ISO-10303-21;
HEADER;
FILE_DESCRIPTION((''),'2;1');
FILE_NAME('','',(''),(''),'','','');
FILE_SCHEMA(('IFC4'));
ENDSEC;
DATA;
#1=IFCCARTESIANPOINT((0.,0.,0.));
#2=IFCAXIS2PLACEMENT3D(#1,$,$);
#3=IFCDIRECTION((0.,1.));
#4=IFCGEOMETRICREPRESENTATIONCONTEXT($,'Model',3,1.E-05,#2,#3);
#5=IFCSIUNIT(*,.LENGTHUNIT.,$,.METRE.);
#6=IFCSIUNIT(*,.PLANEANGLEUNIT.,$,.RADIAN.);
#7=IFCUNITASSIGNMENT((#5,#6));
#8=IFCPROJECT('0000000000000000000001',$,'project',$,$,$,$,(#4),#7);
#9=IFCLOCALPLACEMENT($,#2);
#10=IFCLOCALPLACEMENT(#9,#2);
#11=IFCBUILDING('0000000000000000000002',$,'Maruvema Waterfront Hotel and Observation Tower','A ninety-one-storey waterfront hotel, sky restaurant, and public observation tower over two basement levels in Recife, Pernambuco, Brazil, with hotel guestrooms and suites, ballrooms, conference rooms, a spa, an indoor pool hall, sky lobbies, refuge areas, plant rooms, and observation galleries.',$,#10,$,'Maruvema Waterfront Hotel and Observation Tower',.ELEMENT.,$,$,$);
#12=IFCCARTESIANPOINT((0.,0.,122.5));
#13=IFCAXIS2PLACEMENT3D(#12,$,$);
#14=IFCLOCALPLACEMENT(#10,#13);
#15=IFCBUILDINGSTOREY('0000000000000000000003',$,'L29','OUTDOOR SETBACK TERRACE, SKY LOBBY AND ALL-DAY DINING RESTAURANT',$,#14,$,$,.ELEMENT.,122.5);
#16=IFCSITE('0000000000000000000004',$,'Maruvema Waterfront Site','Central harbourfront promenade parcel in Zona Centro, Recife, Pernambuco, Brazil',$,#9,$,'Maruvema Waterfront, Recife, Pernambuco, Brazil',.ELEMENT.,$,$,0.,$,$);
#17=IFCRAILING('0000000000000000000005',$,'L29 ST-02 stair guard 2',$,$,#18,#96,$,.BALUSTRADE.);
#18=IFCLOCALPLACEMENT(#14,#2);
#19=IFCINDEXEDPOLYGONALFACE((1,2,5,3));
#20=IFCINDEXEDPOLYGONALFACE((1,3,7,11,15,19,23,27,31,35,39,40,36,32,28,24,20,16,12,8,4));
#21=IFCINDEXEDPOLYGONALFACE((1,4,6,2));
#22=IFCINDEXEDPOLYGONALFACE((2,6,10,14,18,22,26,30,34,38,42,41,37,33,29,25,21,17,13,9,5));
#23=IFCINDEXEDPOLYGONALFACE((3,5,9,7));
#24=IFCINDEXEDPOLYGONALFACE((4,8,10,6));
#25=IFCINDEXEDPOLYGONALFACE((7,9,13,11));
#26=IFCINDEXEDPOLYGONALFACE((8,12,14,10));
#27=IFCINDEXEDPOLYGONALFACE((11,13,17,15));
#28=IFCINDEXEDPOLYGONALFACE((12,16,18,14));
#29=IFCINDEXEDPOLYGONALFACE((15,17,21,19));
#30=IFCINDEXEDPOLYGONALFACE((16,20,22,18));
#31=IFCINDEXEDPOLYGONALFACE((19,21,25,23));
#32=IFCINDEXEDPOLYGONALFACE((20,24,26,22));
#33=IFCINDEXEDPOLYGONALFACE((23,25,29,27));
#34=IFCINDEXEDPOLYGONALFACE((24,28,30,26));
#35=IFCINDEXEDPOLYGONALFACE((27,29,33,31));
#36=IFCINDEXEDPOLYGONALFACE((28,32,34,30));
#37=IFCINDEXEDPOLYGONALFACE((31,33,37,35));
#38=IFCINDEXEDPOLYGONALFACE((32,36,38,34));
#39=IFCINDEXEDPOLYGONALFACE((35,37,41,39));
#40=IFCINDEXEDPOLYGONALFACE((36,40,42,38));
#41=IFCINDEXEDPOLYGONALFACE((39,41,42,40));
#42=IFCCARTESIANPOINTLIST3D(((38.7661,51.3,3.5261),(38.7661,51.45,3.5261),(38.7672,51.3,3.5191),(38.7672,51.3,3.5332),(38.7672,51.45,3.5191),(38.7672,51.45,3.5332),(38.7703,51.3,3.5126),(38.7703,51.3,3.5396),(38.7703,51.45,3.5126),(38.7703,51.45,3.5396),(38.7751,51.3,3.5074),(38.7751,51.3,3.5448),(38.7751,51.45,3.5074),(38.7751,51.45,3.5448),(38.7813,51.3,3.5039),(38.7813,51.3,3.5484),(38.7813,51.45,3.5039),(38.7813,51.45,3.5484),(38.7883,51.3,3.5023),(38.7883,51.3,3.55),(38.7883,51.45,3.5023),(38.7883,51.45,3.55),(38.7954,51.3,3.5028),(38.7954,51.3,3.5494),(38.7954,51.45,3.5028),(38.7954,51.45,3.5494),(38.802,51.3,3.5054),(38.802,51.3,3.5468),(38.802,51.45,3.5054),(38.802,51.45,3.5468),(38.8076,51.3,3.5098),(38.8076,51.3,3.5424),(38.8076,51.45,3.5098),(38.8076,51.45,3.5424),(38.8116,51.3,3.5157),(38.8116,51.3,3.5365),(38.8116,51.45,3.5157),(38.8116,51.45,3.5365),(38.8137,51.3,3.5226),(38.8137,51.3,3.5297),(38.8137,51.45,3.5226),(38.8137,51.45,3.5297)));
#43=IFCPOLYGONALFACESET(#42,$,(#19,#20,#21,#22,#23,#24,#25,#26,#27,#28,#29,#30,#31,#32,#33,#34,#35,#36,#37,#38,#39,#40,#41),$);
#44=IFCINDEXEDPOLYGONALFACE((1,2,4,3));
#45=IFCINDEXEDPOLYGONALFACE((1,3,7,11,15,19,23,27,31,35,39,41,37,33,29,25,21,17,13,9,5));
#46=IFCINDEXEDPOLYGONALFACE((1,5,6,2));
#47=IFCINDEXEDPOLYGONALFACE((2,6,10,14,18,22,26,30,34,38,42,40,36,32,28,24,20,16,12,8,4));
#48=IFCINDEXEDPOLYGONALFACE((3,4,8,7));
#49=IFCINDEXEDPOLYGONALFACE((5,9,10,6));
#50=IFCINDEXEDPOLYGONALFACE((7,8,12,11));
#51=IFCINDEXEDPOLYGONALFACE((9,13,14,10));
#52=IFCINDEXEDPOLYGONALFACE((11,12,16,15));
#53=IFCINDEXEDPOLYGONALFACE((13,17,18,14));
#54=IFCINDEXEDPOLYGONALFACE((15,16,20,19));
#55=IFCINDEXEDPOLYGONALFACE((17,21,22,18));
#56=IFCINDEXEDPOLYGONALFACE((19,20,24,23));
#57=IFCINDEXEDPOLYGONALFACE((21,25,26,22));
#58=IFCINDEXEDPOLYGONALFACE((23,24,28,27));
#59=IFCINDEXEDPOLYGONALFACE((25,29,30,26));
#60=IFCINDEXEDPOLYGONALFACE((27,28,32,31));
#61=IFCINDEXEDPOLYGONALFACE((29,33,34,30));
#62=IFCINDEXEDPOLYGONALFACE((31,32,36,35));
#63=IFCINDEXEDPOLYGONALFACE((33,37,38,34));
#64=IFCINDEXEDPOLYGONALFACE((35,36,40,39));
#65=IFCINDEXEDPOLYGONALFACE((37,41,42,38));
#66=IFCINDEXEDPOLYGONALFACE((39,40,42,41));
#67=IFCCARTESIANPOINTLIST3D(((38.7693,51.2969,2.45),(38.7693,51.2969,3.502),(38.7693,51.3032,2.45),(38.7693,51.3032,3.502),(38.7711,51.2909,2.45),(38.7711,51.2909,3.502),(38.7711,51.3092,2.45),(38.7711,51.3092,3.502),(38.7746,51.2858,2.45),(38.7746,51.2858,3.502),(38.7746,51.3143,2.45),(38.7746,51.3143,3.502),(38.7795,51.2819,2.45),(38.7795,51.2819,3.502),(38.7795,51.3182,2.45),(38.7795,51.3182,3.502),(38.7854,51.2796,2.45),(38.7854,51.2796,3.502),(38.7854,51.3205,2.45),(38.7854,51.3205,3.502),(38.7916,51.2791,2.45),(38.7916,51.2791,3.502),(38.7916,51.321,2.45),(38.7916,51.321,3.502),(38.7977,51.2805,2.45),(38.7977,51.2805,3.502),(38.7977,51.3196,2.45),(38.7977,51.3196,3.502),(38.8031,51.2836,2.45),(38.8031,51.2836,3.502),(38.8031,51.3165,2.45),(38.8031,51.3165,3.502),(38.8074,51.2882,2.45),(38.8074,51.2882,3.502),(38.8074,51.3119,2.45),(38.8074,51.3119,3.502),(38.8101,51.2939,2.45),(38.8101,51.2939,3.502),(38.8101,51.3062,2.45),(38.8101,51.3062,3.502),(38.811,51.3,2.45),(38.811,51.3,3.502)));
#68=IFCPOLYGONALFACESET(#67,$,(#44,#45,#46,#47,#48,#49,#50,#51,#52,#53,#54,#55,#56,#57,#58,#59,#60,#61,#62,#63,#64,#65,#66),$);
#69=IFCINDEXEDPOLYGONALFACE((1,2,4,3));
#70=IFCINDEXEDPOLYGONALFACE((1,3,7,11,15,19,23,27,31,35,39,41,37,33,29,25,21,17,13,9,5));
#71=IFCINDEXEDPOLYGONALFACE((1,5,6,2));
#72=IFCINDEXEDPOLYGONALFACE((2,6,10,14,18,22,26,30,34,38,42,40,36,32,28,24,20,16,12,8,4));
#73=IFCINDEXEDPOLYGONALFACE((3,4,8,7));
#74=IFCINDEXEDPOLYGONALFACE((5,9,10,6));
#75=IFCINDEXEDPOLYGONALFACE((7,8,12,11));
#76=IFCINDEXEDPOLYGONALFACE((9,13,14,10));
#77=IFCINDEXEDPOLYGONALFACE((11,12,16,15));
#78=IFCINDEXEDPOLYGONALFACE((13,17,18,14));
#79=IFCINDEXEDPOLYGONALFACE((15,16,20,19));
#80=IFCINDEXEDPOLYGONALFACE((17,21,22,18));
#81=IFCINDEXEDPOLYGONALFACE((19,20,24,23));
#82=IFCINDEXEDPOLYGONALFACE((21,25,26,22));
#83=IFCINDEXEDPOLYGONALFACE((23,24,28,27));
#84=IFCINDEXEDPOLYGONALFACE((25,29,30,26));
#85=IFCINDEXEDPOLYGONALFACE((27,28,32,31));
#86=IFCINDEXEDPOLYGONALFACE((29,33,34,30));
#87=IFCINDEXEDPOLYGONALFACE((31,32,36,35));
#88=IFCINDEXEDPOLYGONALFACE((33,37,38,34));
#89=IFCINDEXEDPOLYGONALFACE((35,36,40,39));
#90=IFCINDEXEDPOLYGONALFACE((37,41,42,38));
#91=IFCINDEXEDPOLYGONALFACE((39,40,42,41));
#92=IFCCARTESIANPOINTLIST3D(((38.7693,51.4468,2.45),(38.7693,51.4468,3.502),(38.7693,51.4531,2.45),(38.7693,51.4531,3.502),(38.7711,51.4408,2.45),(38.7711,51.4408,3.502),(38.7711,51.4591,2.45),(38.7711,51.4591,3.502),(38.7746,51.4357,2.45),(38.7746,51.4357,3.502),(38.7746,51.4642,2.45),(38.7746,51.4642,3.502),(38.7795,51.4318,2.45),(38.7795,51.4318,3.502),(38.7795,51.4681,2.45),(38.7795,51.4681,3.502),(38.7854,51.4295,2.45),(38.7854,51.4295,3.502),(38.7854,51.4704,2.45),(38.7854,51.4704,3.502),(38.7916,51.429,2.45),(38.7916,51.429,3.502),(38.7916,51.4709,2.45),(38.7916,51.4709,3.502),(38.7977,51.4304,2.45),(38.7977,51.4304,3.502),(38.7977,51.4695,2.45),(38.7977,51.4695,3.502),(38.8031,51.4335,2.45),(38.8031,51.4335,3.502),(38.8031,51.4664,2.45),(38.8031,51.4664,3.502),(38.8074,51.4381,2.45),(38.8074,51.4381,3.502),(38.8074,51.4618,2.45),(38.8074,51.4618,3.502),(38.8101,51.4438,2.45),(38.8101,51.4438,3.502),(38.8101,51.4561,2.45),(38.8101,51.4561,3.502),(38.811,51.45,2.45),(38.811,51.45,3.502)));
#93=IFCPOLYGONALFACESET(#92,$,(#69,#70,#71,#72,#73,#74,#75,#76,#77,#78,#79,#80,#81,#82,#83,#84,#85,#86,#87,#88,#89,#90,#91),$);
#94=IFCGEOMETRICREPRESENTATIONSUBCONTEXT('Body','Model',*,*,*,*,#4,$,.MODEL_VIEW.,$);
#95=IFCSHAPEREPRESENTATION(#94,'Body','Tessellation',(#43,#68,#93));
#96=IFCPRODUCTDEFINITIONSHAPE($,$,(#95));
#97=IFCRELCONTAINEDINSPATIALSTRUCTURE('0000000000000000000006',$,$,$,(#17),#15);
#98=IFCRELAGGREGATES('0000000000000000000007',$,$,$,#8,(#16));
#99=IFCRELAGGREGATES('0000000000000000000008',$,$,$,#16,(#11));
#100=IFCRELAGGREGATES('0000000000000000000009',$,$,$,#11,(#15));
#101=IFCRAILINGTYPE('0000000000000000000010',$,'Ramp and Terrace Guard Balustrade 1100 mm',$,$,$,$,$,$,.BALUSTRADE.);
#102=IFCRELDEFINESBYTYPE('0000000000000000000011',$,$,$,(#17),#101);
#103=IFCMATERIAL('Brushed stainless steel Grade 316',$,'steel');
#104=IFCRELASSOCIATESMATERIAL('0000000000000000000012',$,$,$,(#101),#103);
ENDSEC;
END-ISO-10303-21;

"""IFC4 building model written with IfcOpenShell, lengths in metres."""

from ifc_helpers import new_model, si_unit, direction, frame, origin, origin_2d, place, context, subcontext, project, spatial, circle, extrude, material, type_object, element, save


model = new_model("IFC4")

# Units and contexts
model_context = context("Model", 3, precision=1e-05, world=origin(), true_north=direction((0.0, 1.0)))
body_context = subcontext(model_context, "Body", "Model", "MODEL_VIEW")
ifc_project = project(units=[si_unit("LENGTHUNIT", "METRE"), si_unit("PLANEANGLEUNIT", "RADIAN")], contexts=[model_context])

# Site, building, storey
site_placement = place(None, origin())
site = spatial("IfcSite", under=ifc_project, at=site_placement, Name="Maruvema Waterfront Site", Description="Central harbourfront promenade parcel in Zona Centro, Recife, Pernambuco, Brazil", LongName="Maruvema Waterfront, Recife, Pernambuco, Brazil", CompositionType="ELEMENT", RefElevation=0.0)
building_placement = place(site_placement, origin())
building = spatial("IfcBuilding", under=site, at=building_placement, Name="Maruvema Waterfront Hotel and Observation Tower", Description="A ninety-one-storey waterfront hotel, sky restaurant, and public observation tower over two basement levels in Recife, Pernambuco, Brazil, with hotel guestrooms and suites, ballrooms, conference rooms, a spa, an indoor pool hall, sky lobbies, refuge areas, plant rooms, and observation galleries.", LongName="Maruvema Waterfront Hotel and Observation Tower", CompositionType="ELEMENT")
storey_placement = place(building_placement, frame((0.0, 0.0, 122.5)))
storey = spatial("IfcBuildingStorey", under=building, at=storey_placement, Name="L29", Description="OUTDOOR SETBACK TERRACE, SKY LOBBY AND ALL-DAY DINING RESTAURANT", CompositionType="ELEMENT", Elevation=122.5)

# Railing
ifc_material_1 = material(Name="Brushed stainless steel Grade 316", Category="steel")
railing_type_1 = type_object("IfcRailingType", Name="Ramp and Terrace Guard Balustrade 1100 mm", PredefinedType="BALUSTRADE", material=ifc_material_1)
railing_1_placement = place(storey_placement, frame((38.79, 51.3, 2.45)))
element("IfcRailing", 1, at=railing_1_placement, inside=storey, type_object=railing_type_1, Name="L29 ST-02 stair guard 2", PredefinedType="BALUSTRADE", context=body_context, shape_type="SweptSolid", body=[
    extrude(circle(Radius=0.0239, at=origin_2d()), frame((0.0, 0.0, 1.0762), z_axis=(0.0, 1.0, 0.0), x_axis=(-1.0, 0.0, 0.0)), (0.0, 0.0, 1.0), 0.1499),
    extrude(circle(Radius=0.021, at=origin_2d()), origin(), (0.0, 0.0, 1.0), 1.052),
    extrude(circle(Radius=0.021, at=origin_2d()), frame((0.0, 0.1499, 0.0)), (0.0, 0.0, 1.0), 1.052),
])

save(model, "model.ifc")
